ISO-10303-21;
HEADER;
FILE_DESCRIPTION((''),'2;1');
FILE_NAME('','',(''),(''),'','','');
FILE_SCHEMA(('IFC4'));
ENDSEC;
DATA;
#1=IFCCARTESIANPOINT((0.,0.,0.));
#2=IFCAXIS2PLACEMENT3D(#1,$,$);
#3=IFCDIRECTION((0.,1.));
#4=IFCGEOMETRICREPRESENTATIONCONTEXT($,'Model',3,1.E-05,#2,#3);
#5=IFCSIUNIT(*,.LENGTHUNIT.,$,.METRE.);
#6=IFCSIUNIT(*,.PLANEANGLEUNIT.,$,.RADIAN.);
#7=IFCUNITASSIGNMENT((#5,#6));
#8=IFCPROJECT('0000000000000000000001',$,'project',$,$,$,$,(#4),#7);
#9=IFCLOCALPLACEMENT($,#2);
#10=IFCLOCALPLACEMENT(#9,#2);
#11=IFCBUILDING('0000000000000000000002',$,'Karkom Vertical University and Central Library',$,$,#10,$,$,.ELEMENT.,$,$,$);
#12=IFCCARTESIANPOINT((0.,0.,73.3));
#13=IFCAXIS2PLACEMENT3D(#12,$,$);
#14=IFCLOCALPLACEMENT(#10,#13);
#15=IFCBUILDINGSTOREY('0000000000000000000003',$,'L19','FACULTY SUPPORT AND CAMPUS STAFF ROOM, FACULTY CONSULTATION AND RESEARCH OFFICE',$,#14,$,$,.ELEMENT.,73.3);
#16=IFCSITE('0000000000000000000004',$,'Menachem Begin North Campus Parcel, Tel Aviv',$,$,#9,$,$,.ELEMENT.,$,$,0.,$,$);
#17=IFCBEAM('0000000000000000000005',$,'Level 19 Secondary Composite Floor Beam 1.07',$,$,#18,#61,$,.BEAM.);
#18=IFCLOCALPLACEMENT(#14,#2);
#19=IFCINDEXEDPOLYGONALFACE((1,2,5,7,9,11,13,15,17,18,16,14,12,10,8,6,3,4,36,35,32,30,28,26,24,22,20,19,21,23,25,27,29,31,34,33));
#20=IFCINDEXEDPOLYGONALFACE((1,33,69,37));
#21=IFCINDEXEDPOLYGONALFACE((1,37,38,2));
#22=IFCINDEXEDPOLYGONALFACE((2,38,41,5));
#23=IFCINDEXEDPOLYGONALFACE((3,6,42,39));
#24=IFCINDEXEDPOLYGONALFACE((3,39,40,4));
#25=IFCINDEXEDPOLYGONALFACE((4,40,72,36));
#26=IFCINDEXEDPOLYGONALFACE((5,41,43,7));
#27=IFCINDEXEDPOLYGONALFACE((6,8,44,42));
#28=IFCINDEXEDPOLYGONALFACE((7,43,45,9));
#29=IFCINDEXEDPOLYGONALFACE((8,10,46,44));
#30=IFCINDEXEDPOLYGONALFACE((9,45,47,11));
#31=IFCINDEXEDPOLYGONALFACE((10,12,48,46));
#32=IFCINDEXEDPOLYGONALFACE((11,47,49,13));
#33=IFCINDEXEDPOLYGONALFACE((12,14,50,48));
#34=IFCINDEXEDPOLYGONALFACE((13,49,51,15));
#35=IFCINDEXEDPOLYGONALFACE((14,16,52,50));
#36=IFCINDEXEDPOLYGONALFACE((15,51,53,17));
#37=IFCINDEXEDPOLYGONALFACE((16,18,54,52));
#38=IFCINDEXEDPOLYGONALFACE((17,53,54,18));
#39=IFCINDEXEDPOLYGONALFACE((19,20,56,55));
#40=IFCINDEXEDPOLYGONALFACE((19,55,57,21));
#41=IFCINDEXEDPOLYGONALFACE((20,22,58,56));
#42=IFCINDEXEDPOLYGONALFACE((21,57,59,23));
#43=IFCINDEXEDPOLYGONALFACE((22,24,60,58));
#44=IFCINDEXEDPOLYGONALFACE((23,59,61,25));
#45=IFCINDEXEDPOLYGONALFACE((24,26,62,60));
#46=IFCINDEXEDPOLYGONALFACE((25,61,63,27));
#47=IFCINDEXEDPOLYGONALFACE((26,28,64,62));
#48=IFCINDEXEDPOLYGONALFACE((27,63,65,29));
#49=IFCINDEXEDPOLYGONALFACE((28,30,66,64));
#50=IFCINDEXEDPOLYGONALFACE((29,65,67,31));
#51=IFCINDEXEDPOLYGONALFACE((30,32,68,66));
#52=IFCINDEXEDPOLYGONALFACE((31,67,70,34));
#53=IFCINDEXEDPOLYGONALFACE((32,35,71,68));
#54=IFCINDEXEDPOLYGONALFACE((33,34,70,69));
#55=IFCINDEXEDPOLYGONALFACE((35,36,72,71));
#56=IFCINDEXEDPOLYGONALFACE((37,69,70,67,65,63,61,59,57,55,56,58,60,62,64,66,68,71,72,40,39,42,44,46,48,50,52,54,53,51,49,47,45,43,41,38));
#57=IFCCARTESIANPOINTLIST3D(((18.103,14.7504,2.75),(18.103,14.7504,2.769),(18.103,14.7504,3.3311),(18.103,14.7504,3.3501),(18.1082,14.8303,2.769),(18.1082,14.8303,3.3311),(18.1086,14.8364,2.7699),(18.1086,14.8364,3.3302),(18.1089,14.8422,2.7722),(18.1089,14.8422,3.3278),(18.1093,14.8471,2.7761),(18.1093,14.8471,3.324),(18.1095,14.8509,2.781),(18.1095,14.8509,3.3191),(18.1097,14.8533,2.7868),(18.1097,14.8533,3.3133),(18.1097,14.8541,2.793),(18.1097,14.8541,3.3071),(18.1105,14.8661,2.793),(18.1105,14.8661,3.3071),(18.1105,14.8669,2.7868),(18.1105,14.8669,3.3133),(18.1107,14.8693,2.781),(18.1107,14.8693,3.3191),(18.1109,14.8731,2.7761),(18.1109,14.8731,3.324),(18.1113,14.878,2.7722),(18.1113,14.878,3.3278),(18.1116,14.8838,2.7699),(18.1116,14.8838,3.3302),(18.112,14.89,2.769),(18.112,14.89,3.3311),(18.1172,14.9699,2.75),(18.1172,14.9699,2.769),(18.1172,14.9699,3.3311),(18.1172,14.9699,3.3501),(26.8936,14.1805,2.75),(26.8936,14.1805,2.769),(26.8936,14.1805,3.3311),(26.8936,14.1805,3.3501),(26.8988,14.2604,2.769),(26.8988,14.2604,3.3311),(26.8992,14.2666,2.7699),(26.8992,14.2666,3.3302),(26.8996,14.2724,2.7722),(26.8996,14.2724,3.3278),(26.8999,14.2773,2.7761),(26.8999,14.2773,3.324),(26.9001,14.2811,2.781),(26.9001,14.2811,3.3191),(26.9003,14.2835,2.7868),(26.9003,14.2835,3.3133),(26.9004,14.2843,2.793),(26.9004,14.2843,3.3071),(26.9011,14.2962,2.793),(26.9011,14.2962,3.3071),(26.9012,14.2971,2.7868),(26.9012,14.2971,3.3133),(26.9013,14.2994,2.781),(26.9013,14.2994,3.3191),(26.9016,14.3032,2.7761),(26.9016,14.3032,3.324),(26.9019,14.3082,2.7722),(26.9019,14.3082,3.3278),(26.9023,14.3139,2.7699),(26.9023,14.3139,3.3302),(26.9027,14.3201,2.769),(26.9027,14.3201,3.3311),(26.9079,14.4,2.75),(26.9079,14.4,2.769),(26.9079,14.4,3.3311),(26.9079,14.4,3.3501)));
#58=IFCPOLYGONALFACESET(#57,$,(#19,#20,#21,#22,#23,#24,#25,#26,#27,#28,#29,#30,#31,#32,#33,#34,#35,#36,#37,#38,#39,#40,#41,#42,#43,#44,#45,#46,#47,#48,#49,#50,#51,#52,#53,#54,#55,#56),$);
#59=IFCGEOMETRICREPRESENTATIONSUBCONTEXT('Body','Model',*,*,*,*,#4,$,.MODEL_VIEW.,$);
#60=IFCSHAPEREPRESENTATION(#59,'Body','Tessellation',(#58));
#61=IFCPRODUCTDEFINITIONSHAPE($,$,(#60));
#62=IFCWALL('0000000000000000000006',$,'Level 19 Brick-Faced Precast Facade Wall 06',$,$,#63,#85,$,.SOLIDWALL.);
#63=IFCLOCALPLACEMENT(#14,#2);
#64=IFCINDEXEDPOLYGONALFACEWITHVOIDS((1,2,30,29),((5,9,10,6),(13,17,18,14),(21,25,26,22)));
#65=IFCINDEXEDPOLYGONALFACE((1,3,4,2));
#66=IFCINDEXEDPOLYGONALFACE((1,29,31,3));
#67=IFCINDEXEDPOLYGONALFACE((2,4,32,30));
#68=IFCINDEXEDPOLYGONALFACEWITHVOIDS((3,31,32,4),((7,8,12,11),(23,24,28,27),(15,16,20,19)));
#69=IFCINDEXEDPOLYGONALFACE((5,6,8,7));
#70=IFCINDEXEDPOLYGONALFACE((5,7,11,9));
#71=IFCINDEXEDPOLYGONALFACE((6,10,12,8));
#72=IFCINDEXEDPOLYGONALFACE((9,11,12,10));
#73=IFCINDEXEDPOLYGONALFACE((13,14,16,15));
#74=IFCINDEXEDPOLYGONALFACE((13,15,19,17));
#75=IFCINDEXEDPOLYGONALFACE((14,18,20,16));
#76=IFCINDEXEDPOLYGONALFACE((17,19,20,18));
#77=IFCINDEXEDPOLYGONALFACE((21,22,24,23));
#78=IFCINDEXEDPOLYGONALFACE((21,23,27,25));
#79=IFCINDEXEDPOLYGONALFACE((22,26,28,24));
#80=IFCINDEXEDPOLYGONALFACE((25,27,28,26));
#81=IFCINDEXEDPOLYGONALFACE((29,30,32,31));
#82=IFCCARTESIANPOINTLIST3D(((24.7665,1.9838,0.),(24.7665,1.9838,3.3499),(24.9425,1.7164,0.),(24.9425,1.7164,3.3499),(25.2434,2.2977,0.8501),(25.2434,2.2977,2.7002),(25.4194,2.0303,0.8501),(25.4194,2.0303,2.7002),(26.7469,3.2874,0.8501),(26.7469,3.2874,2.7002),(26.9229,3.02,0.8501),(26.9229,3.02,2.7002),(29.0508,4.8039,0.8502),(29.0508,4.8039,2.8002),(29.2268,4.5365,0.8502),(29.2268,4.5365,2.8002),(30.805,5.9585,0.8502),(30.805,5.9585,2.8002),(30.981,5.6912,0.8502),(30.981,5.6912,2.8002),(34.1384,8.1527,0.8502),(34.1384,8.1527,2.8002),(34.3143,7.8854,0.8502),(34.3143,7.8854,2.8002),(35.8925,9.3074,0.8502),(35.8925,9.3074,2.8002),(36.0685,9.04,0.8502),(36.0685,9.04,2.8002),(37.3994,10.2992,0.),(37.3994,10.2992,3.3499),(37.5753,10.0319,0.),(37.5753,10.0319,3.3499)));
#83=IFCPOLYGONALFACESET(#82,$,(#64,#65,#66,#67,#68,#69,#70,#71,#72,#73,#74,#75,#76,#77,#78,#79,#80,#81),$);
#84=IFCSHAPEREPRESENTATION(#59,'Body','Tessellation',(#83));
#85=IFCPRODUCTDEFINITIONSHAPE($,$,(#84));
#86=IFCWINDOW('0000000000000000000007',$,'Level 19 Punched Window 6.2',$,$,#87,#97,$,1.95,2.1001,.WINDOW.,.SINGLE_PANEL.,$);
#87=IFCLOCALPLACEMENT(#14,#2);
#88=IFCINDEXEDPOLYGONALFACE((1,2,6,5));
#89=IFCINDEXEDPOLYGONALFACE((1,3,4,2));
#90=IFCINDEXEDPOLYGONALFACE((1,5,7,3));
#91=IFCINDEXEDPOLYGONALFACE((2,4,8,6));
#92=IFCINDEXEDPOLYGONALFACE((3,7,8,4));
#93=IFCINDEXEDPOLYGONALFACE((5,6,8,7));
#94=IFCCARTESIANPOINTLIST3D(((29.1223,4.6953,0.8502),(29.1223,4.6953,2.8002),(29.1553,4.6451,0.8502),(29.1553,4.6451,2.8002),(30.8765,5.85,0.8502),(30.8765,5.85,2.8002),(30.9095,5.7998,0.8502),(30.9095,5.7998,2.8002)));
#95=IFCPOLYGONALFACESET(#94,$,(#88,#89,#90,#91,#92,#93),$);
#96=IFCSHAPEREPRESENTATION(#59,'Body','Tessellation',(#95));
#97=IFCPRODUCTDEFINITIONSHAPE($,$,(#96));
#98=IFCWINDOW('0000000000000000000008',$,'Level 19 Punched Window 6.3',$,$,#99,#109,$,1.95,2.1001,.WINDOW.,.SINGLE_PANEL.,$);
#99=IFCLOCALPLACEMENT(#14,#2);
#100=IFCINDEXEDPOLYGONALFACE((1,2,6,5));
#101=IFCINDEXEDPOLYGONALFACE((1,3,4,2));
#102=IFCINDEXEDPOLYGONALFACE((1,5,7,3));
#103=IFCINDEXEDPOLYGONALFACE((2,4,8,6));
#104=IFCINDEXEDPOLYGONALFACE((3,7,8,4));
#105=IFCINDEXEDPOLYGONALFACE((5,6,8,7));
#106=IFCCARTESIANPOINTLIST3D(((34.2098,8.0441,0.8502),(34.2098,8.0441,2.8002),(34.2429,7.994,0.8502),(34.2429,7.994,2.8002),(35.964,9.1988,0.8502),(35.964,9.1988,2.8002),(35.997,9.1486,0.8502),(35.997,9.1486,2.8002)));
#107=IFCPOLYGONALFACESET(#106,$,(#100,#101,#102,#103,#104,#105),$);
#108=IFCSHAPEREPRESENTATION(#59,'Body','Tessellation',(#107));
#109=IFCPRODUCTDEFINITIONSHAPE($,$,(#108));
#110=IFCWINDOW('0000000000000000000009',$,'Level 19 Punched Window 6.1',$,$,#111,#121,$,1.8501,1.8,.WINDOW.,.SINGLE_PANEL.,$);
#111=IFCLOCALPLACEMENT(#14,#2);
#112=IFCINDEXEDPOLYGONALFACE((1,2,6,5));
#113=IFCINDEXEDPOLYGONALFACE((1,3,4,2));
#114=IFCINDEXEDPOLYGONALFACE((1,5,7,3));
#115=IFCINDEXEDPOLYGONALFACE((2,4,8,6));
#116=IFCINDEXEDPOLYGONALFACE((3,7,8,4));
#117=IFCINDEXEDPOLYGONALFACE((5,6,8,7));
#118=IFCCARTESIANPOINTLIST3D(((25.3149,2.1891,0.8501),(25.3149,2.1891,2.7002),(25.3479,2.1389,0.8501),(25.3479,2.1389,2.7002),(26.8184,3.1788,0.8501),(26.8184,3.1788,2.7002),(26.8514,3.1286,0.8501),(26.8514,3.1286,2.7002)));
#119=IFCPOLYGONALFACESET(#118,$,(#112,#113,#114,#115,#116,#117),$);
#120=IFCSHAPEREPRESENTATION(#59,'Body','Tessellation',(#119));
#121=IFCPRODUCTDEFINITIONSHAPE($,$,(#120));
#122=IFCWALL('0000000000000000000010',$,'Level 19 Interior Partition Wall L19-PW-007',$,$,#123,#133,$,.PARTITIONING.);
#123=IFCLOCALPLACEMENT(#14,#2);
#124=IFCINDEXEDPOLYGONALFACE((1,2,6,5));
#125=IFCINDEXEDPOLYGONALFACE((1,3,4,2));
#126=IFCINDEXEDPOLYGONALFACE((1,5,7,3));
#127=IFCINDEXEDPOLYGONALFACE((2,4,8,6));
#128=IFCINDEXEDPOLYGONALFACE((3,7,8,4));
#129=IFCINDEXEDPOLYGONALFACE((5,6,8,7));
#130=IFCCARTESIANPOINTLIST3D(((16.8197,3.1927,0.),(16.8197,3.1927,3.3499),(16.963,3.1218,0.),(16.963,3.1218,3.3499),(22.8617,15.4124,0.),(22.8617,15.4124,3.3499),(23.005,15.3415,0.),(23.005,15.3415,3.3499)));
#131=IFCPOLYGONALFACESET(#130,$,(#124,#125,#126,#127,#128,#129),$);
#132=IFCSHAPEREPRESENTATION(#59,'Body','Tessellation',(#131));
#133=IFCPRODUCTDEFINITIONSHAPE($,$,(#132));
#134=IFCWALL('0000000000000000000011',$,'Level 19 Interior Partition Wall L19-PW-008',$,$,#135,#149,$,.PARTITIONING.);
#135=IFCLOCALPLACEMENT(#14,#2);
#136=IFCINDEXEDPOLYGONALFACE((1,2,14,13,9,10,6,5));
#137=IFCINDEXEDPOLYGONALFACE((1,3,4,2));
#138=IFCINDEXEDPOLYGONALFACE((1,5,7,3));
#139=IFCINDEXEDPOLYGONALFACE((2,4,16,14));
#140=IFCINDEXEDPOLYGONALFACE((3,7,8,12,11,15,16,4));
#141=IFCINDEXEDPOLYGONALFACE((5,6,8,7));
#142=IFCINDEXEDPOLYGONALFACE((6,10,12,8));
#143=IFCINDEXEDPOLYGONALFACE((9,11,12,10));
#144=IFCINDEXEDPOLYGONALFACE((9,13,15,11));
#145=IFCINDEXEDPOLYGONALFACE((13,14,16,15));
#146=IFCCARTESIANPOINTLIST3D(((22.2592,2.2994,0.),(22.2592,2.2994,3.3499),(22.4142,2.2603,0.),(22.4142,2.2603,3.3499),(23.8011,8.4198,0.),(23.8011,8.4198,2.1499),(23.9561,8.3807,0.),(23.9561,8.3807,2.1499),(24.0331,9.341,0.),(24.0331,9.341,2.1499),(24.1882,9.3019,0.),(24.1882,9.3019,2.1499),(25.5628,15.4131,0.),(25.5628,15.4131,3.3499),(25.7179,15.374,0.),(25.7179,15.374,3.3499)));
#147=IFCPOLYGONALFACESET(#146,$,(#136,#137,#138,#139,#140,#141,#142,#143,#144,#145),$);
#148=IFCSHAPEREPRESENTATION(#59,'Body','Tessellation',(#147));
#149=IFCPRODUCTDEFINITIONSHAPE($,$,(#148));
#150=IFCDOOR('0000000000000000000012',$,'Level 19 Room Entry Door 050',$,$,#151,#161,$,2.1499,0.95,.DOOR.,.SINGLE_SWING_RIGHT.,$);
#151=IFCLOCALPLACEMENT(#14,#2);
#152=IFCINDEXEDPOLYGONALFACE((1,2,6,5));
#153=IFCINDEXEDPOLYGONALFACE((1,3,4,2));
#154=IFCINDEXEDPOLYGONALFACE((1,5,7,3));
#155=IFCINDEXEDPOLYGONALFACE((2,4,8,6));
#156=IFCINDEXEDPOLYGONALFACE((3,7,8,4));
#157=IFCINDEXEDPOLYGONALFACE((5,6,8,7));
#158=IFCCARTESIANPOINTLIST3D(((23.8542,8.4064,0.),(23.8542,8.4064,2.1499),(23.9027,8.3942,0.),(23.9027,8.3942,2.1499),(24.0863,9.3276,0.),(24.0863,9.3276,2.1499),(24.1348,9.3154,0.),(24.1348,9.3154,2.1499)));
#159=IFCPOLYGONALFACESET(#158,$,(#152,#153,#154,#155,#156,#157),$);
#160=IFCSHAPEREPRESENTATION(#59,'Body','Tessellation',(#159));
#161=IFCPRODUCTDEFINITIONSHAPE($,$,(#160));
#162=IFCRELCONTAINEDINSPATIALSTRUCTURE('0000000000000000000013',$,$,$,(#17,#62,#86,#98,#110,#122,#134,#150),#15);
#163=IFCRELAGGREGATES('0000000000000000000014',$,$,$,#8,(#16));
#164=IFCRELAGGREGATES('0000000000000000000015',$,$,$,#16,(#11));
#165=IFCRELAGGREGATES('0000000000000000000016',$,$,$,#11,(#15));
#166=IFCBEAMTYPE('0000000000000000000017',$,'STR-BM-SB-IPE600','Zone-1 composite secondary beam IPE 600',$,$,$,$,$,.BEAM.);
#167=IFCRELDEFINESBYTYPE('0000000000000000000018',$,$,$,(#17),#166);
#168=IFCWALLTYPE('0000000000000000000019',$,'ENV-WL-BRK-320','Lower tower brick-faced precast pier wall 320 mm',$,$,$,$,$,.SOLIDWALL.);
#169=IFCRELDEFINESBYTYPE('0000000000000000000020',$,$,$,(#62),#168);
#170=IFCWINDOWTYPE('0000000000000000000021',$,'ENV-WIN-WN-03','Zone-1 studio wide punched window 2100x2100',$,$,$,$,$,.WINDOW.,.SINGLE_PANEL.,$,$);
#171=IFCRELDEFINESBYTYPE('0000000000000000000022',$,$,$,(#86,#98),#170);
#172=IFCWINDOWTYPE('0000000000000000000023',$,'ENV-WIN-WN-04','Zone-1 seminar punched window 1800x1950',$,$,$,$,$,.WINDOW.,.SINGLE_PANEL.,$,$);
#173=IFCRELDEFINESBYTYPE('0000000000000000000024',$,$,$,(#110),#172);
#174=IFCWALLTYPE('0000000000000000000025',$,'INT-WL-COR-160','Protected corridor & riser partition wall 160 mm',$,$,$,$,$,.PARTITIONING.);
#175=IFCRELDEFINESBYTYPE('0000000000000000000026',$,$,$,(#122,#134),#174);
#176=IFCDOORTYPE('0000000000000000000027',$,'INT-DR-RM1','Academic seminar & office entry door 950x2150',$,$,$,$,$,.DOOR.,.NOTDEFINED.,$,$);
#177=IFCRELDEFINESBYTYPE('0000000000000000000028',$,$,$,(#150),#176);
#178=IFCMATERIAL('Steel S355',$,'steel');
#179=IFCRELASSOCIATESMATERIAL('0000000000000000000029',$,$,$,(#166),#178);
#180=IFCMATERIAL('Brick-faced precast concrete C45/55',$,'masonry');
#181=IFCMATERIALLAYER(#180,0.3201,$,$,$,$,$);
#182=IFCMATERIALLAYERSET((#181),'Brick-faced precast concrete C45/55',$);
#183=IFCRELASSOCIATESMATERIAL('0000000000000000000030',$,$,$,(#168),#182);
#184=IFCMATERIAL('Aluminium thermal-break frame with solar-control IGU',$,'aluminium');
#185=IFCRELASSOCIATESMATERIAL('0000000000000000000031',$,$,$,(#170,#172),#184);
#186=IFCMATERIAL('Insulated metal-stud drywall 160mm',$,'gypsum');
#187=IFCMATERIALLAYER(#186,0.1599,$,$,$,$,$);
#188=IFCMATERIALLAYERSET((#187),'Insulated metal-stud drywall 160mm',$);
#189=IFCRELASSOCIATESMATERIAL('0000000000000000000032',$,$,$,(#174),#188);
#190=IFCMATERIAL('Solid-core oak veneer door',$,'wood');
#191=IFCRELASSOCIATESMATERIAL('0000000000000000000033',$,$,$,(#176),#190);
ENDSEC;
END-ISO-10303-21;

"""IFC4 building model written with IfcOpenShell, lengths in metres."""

from ifc_helpers import new_model, si_unit, direction, frame, frame_2d, origin, origin_with_axes, origin_2d, place, context, subcontext, project, spatial, rectangle, i_section, extrude, source, transform, mapped, material, layer, layer_set, material_profile, profile_set, type_object, element, fill, save


model = new_model("IFC4")

# Units and contexts
model_context = context("Model", 3, precision=1e-05, world=origin(), true_north=direction((0.0, 1.0)))
body_context = subcontext(model_context, "Body", "Model", "MODEL_VIEW")
ifc_project = project(units=[si_unit("LENGTHUNIT", "METRE"), si_unit("PLANEANGLEUNIT", "RADIAN")], contexts=[model_context])

# Site, building, storey
site_placement = place(None, origin())
site = spatial("IfcSite", under=ifc_project, at=site_placement, Name="Menachem Begin North Campus Parcel, Tel Aviv", CompositionType="ELEMENT", RefElevation=0.0)
building_placement = place(site_placement, origin())
building = spatial("IfcBuilding", under=site, at=building_placement, Name="Karkom Vertical University and Central Library", CompositionType="ELEMENT")
storey_placement = place(building_placement, frame((0.0, 0.0, 73.3)))
storey = spatial("IfcBuildingStorey", under=building, at=storey_placement, Name="L19", Description="FACULTY SUPPORT AND CAMPUS STAFF ROOM, FACULTY CONSULTATION AND RESEARCH OFFICE", CompositionType="ELEMENT", Elevation=73.3)

# Beam
ifc_material_1 = material(Name="Steel S355", Category="steel")
ifc_material_profile_1 = material_profile(ifc_material_1, i_section(OverallWidth=0.22, OverallDepth=0.6001, WebThickness=0.012, FlangeThickness=0.019, FilletRadius=0.0239, at=origin_2d()), Name="IPE 600")
ifc_profile_set_1 = profile_set([ifc_material_profile_1], Name="Steel S355")
beam_type_1 = type_object("IfcBeamType", Name="STR-BM-SB-IPE600", Description="Zone-1 composite secondary beam IPE 600", PredefinedType="BEAM", material=ifc_profile_set_1)
shared_shape_1 = source(origin_with_axes(), body_context, "Body", "SweptSolid", [
    extrude(i_section(OverallWidth=0.22, OverallDepth=0.6001, WebThickness=0.012, FlangeThickness=0.019, FilletRadius=0.0239, at=origin_2d()), origin(), (0.0, 0.0, 1.0), 8.8091),
])
beam_1_placement = place(storey_placement, frame((18.1101, 14.8601, 3.05), z_axis=(0.997906, -0.064687, 0.0), x_axis=(0.064687, 0.997906, 0.0)))
element("IfcBeam", 1, at=beam_1_placement, inside=storey, type_object=beam_type_1, Name="Level 19 Secondary Composite Floor Beam 1.07", PredefinedType="BEAM", context=body_context, shape_type="MappedRepresentation", body=[
    mapped(shared_shape_1, transform((0.0, 0.0, 0.0), scale=1.0)),
])

# Wall, openings, windows
ifc_material_2 = material(Name="Brick-faced precast concrete C45/55", Category="masonry")
ifc_layer_1 = layer(ifc_material_2, 0.3201)
ifc_layer_set_1 = layer_set([ifc_layer_1], Name="Brick-faced precast concrete C45/55")
wall_type_1 = type_object("IfcWallType", Name="ENV-WL-BRK-320", Description="Lower tower brick-faced precast pier wall 320 mm", PredefinedType="SOLIDWALL", material=ifc_layer_set_1)
wall_1_placement = place(storey_placement, frame((24.8545, 1.8501, 0.0), z_axis=(0.0, 0.0, 1.0), x_axis=(0.835284, 0.549818, 0.0)))
wall_1 = element("IfcWall", 2, at=wall_1_placement, inside=storey, type_object=wall_type_1, Name="Level 19 Brick-Faced Precast Facade Wall 06", PredefinedType="SOLIDWALL", context=body_context, shape_type="SweptSolid", body=[
    extrude(rectangle(XDim=15.124, YDim=0.3201, at=frame_2d((7.562, 0.0))), origin(), (0.0, 0.0, 1.0), 3.3499),
])
opening_1_placement = place(wall_1_placement, frame((0.571, 0.0, 0.8501)))
opening_1 = element("IfcOpeningElement", 3, at=opening_1_placement, cuts=wall_1, PredefinedType="OPENING", context=body_context, shape_type="SweptSolid", body=[
    extrude(rectangle(XDim=1.8, YDim=1.8501, at=frame_2d((0.8999, 0.925))), frame((0.0, 0.1699, 0.0), z_axis=(0.0, -1.0, 0.0), x_axis=(1.0, 0.0, 0.0)), (0.0, 0.0, 1.0), 0.3401),
])
opening_2_placement = place(wall_1_placement, frame((5.1292, 0.0, 0.8501)))
opening_2 = element("IfcOpeningElement", 4, at=opening_2_placement, cuts=wall_1, PredefinedType="OPENING", context=body_context, shape_type="SweptSolid", body=[
    extrude(rectangle(XDim=2.1001, YDim=1.95, at=frame_2d((1.05, 0.9751))), frame((0.0, 0.1699, 0.0), z_axis=(0.0, -1.0, 0.0), x_axis=(1.0, 0.0, 0.0)), (0.0, 0.0, 1.0), 0.3401),
])
opening_3_placement = place(wall_1_placement, frame((11.22, 0.0, 0.8501)))
opening_3 = element("IfcOpeningElement", 5, at=opening_3_placement, cuts=wall_1, PredefinedType="OPENING", context=body_context, shape_type="SweptSolid", body=[
    extrude(rectangle(XDim=2.1001, YDim=1.95, at=frame_2d((1.05, 0.9751))), frame((0.0, 0.1699, 0.0), z_axis=(0.0, -1.0, 0.0), x_axis=(1.0, 0.0, 0.0)), (0.0, 0.0, 1.0), 0.3401),
])
ifc_material_3 = material(Name="Aluminium thermal-break frame with solar-control IGU", Category="aluminium")
window_type_1 = type_object("IfcWindowType", Name="ENV-WIN-WN-03", Description="Zone-1 studio wide punched window 2100x2100", PartitioningType="SINGLE_PANEL", PredefinedType="WINDOW", material=ifc_material_3)
shared_shape_2 = source(origin_with_axes(), body_context, "Body", "SweptSolid", [
    extrude(rectangle(XDim=2.1001, YDim=1.95, at=frame_2d((1.05, 0.9751))), frame((0.0, 0.03, 0.0), z_axis=(0.0, -1.0, 0.0), x_axis=(1.0, 0.0, 0.0)), (0.0, 0.0, 1.0), 0.0601),
])
window_1_placement = place(opening_2_placement, origin())
window_1 = element("IfcWindow", 6, at=window_1_placement, inside=storey, type_object=window_type_1, Name="Level 19 Punched Window 6.2", OverallHeight=1.95, OverallWidth=2.1001, PartitioningType="SINGLE_PANEL", PredefinedType="WINDOW", context=body_context, shape_type="MappedRepresentation", body=[
    mapped(shared_shape_2, transform((0.0, 0.0, 0.0), scale=1.0)),
])
fill(opening_2, window_1)
window_2_placement = place(opening_3_placement, origin())
window_2 = element("IfcWindow", 7, at=window_2_placement, inside=storey, type_object=window_type_1, Name="Level 19 Punched Window 6.3", OverallHeight=1.95, OverallWidth=2.1001, PartitioningType="SINGLE_PANEL", PredefinedType="WINDOW", context=body_context, shape_type="MappedRepresentation", body=[
    mapped(shared_shape_2, transform((0.0, 0.0, 0.0), scale=1.0)),
])
fill(opening_3, window_2)
window_type_2 = type_object("IfcWindowType", Name="ENV-WIN-WN-04", Description="Zone-1 seminar punched window 1800x1950", PartitioningType="SINGLE_PANEL", PredefinedType="WINDOW", material=ifc_material_3)
shared_shape_3 = source(origin_with_axes(), body_context, "Body", "SweptSolid", [
    extrude(rectangle(XDim=1.8, YDim=1.8501, at=frame_2d((0.8999, 0.925))), frame((0.0, 0.03, 0.0), z_axis=(0.0, -1.0, 0.0), x_axis=(1.0, 0.0, 0.0)), (0.0, 0.0, 1.0), 0.0601),
])
window_3_placement = place(opening_1_placement, origin())
window_3 = element("IfcWindow", 8, at=window_3_placement, inside=storey, type_object=window_type_2, Name="Level 19 Punched Window 6.1", OverallHeight=1.8501, OverallWidth=1.8, PartitioningType="SINGLE_PANEL", PredefinedType="WINDOW", context=body_context, shape_type="MappedRepresentation", body=[
    mapped(shared_shape_3, transform((0.0, 0.0, 0.0), scale=1.0)),
])
fill(opening_1, window_3)

# Wall
ifc_material_4 = material(Name="Insulated metal-stud drywall 160mm", Category="gypsum")
ifc_layer_2 = layer(ifc_material_4, 0.1599)
ifc_layer_set_2 = layer_set([ifc_layer_2], Name="Insulated metal-stud drywall 160mm")
wall_type_2 = type_object("IfcWallType", Name="INT-WL-COR-160", Description="Protected corridor & riser partition wall 160 mm", PredefinedType="PARTITIONING", material=ifc_layer_set_2)
wall_2_placement = place(storey_placement, frame((22.9333, 15.377, 0.0), z_axis=(0.0, 0.0, 1.0), x_axis=(-0.443226, -0.89641, 0.0)))
element("IfcWall", 9, at=wall_2_placement, inside=storey, type_object=wall_type_2, Name="Level 19 Interior Partition Wall L19-PW-007", PredefinedType="PARTITIONING", context=body_context, shape_type="SweptSolid", body=[
    extrude(rectangle(XDim=13.6318, YDim=0.1599, at=frame_2d((6.8159, 0.0))), origin(), (0.0, 0.0, 1.0), 3.3499),
])

# Wall, opening, door
wall_3_placement = place(storey_placement, frame((25.6404, 15.3936, 0.0), z_axis=(0.0, 0.0, 1.0), x_axis=(-0.244294, -0.969701, 0.0)))
wall_3 = element("IfcWall", 10, at=wall_3_placement, inside=storey, type_object=wall_type_2, Name="Level 19 Interior Partition Wall L19-PW-008", PredefinedType="PARTITIONING", context=body_context, shape_type="SweptSolid", body=[
    extrude(rectangle(XDim=13.5234, YDim=0.1599, at=frame_2d((6.7617, 0.0))), origin(), (0.0, 0.0, 1.0), 3.3499),
])
opening_4_placement = place(wall_3_placement, frame((6.2617, 0.0, 0.0)))
opening_4 = element("IfcOpeningElement", 11, at=opening_4_placement, cuts=wall_3, PredefinedType="OPENING", context=body_context, shape_type="SweptSolid", body=[
    extrude(rectangle(XDim=0.95, YDim=2.1499, at=frame_2d((0.4751, 1.075))), frame((0.0, 0.0898, 0.0), z_axis=(0.0, -1.0, 0.0), x_axis=(1.0, 0.0, 0.0)), (0.0, 0.0, 1.0), 0.1799),
])
ifc_material_5 = material(Name="Solid-core oak veneer door", Category="wood")
door_type_1 = type_object("IfcDoorType", Name="INT-DR-RM1", Description="Academic seminar & office entry door 950x2150", OperationType="NOTDEFINED", PredefinedType="DOOR", material=ifc_material_5)
shared_shape_4 = source(origin_with_axes(), body_context, "Body", "SweptSolid", [
    extrude(rectangle(XDim=0.95, YDim=2.1499, at=frame_2d((0.4751, 1.075))), frame((0.0, 0.0249, 0.0), z_axis=(0.0, -1.0, 0.0), x_axis=(1.0, 0.0, 0.0)), (0.0, 0.0, 1.0), 0.05),
])
door_1_placement = place(opening_4_placement, origin())
door_1 = element("IfcDoor", 12, at=door_1_placement, inside=storey, type_object=door_type_1, Name="Level 19 Room Entry Door 050", OperationType="SINGLE_SWING_RIGHT", OverallHeight=2.1499, OverallWidth=0.95, PredefinedType="DOOR", context=body_context, shape_type="MappedRepresentation", body=[
    mapped(shared_shape_4, transform((0.0, 0.0, 0.0), scale=1.0)),
])
fill(opening_4, door_1)

save(model, "model.ifc")
